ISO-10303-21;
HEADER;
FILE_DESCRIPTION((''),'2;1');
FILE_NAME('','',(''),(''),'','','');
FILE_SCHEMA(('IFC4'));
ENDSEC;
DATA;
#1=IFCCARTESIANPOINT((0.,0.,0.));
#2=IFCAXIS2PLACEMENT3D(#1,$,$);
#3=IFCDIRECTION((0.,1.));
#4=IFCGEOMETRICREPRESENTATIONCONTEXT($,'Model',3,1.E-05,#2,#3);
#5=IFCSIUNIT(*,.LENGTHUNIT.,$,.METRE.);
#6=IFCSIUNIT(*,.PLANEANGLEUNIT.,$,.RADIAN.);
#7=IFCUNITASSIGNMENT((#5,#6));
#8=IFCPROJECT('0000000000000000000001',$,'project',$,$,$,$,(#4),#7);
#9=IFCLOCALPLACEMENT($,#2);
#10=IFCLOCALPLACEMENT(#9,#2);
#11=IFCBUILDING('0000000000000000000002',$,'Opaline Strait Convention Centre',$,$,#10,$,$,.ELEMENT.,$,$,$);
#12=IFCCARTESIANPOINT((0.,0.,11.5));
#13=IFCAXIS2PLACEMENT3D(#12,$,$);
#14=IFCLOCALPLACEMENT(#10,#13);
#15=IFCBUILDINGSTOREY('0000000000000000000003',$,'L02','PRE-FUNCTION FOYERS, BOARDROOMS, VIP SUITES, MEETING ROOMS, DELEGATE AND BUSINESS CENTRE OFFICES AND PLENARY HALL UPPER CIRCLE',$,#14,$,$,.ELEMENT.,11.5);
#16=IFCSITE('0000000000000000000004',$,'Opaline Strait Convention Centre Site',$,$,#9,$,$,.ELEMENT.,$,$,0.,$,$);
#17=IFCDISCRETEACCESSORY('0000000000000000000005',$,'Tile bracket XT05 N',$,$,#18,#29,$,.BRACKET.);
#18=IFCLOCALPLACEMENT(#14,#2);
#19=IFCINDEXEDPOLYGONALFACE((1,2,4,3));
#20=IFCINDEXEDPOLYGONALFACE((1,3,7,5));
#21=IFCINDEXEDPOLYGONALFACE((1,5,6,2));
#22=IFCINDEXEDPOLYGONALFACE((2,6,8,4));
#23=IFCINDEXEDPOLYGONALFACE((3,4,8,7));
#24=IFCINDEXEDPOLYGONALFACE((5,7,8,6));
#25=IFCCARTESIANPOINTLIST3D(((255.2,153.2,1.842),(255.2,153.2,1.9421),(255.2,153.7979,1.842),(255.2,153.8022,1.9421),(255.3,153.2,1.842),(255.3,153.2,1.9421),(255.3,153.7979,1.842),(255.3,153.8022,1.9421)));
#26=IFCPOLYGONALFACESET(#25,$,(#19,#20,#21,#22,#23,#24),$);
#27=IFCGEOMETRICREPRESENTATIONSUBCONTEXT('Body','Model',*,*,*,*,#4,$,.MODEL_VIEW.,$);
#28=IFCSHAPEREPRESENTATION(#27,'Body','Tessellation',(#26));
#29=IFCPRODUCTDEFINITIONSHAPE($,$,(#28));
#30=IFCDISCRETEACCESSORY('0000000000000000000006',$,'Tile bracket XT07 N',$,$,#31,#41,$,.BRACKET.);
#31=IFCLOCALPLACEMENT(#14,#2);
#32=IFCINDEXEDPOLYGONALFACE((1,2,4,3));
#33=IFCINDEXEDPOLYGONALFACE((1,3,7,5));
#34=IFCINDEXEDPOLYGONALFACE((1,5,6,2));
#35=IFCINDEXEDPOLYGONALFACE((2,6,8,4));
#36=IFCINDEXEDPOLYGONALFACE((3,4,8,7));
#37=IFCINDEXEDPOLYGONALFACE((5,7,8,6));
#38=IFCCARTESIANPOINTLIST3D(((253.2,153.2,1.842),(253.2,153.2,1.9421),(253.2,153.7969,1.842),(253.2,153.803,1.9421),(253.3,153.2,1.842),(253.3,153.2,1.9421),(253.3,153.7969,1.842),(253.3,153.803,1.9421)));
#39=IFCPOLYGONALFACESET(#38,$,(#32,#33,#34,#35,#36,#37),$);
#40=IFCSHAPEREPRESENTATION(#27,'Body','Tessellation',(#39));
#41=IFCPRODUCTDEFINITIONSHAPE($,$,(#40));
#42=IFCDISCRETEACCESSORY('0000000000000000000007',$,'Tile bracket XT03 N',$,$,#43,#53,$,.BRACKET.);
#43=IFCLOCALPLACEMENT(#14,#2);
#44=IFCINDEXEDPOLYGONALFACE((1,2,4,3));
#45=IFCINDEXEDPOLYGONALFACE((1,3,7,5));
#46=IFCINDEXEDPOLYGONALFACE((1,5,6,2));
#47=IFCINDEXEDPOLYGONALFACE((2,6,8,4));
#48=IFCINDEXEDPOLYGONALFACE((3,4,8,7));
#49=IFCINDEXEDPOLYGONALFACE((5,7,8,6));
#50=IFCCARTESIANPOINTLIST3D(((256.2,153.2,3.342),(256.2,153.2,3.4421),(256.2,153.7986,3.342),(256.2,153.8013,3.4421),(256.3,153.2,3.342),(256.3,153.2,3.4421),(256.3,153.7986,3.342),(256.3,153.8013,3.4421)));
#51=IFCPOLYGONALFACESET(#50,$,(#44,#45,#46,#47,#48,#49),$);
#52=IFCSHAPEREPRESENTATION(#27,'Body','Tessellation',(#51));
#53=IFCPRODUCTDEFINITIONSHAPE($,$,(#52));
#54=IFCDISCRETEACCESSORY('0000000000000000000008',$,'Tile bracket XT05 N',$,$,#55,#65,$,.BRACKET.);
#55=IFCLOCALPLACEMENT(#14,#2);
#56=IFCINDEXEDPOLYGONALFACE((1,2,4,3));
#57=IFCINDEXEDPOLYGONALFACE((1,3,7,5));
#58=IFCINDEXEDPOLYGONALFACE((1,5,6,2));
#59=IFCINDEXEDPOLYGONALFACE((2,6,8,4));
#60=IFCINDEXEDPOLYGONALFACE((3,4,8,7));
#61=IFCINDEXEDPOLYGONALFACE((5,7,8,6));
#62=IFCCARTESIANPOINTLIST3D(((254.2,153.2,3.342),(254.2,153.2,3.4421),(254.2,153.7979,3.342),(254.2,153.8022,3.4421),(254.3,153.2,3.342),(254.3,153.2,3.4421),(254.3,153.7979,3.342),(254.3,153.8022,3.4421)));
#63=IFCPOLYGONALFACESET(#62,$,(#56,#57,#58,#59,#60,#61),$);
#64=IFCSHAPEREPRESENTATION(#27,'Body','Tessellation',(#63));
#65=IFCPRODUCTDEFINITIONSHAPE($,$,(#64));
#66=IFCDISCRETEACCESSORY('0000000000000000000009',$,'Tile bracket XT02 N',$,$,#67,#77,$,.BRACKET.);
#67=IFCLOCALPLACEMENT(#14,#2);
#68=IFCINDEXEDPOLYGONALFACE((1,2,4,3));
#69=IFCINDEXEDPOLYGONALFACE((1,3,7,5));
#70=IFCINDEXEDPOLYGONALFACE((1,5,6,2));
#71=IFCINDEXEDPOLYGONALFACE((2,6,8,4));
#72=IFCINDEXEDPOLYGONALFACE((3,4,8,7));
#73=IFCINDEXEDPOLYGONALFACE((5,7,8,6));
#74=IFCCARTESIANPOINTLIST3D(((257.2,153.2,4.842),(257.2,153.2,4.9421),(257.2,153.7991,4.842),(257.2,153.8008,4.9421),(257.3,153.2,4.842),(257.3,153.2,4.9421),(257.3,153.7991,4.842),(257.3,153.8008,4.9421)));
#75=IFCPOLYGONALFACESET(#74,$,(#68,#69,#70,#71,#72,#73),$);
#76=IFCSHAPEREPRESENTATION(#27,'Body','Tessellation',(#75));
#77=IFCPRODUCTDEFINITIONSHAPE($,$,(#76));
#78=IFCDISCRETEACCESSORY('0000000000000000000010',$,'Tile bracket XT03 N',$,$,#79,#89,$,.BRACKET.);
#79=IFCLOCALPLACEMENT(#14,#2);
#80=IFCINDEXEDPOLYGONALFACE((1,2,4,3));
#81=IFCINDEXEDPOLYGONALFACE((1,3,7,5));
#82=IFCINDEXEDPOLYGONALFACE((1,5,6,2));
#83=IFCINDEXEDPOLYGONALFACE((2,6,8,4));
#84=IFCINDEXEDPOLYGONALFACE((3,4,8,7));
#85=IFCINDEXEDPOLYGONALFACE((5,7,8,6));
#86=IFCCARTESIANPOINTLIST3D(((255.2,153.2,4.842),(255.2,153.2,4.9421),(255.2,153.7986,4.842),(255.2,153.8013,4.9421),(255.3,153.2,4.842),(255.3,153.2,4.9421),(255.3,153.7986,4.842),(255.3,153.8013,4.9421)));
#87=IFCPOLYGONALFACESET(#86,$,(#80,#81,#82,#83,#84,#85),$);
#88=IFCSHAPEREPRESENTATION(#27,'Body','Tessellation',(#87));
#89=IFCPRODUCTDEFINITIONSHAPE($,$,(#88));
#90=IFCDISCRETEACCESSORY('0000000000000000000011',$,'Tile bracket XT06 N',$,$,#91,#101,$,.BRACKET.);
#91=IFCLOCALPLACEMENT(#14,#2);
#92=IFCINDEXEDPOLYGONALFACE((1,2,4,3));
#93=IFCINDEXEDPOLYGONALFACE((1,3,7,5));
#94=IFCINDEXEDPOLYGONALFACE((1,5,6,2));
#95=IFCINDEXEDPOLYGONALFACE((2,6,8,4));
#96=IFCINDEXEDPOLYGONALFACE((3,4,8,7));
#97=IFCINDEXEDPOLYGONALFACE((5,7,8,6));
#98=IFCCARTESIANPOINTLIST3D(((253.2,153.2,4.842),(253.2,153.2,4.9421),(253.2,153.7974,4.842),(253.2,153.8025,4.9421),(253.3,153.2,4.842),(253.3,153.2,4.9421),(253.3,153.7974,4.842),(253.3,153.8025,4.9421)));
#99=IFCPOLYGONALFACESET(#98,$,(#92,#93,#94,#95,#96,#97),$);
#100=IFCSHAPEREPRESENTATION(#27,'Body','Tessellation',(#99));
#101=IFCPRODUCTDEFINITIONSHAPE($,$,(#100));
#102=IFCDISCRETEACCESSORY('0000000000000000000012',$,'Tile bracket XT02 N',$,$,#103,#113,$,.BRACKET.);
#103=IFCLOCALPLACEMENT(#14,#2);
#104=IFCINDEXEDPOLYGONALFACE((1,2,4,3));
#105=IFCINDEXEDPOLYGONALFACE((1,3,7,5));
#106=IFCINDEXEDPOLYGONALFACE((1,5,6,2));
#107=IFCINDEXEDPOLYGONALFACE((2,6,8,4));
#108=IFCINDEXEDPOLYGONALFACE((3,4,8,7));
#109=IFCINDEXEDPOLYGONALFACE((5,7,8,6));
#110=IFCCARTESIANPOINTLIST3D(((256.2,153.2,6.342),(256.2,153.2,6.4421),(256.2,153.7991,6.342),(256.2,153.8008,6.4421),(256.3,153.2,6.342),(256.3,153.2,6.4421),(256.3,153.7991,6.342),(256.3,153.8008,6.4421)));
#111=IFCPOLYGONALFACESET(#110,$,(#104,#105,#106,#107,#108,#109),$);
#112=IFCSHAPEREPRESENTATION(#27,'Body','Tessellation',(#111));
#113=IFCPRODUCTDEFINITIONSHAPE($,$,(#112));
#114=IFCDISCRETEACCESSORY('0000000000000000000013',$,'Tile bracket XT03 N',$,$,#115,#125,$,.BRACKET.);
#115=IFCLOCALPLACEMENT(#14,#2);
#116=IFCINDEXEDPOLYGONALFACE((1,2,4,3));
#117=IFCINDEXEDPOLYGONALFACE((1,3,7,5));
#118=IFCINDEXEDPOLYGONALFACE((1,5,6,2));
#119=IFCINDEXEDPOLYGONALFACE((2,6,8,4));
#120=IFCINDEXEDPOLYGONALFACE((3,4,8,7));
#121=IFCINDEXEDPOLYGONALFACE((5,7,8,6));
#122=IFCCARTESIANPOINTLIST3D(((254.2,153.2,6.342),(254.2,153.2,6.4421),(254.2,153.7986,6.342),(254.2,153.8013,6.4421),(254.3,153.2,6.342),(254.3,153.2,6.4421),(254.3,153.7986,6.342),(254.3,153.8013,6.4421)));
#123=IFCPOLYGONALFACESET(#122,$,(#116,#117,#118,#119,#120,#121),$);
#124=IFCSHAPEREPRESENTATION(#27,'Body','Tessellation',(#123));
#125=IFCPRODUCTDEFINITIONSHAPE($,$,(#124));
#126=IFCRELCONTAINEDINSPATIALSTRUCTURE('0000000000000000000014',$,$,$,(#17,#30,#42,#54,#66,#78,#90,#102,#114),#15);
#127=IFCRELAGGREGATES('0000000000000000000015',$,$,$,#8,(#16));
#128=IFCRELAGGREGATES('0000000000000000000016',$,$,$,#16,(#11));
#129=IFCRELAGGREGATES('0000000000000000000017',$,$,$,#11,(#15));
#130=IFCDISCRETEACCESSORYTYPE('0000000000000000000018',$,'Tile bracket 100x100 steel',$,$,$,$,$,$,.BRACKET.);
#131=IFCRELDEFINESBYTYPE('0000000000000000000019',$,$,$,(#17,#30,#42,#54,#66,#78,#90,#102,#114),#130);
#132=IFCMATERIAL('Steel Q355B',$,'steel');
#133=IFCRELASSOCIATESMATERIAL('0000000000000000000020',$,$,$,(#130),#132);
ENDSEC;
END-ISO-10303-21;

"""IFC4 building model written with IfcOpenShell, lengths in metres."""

from ifc_helpers import new_model, si_unit, direction, frame, origin, place, context, subcontext, project, spatial, polyline, outline, extrude, material, type_object, element, save


model = new_model("IFC4")

# Units and contexts
model_context = context("Model", 3, precision=1e-05, world=origin(), true_north=direction((0.0, 1.0)))
body_context = subcontext(model_context, "Body", "Model", "MODEL_VIEW")
ifc_project = project(units=[si_unit("LENGTHUNIT", "METRE"), si_unit("PLANEANGLEUNIT", "RADIAN")], contexts=[model_context])

# Site, building, storey
site_placement = place(None, origin())
site = spatial("IfcSite", under=ifc_project, at=site_placement, Name="Opaline Strait Convention Centre Site", CompositionType="ELEMENT", RefElevation=0.0)
building_placement = place(site_placement, origin())
building = spatial("IfcBuilding", under=site, at=building_placement, Name="Opaline Strait Convention Centre", CompositionType="ELEMENT")
storey_placement = place(building_placement, frame((0.0, 0.0, 11.5)))
storey = spatial("IfcBuildingStorey", under=building, at=storey_placement, Name="L02", Description="PRE-FUNCTION FOYERS, BOARDROOMS, VIP SUITES, MEETING ROOMS, DELEGATE AND BUSINESS CENTRE OFFICES AND PLENARY HALL UPPER CIRCLE", CompositionType="ELEMENT", Elevation=11.5)

# Discrete accessories
ifc_material_1 = material(Name="Steel Q355B", Category="steel")
discrete_accessory_type = type_object("IfcDiscreteAccessoryType", Name="Tile bracket 100x100 steel", PredefinedType="BRACKET", material=ifc_material_1)
discrete_accessory_1_placement = place(storey_placement, frame((255.3, 153.2, 1.8921), z_axis=(-1.0, 0.0, 0.0), x_axis=(0.0, -1.0, 0.0)))
element("IfcDiscreteAccessory", 1, at=discrete_accessory_1_placement, inside=storey, type_object=discrete_accessory_type, Name="Tile bracket XT05 N", PredefinedType="BRACKET", context=body_context, shape_type="SweptSolid", body=[
    extrude(outline(polyline([(0.0, -0.05), (0.0, 0.05), (-0.6023, 0.05), (-0.5979, -0.05), (0.0, -0.05)])), origin(), (0.0, 0.0, 1.0), 0.1001),
])
discrete_accessory_2_placement = place(storey_placement, frame((253.3, 153.2, 1.8921), z_axis=(-1.0, 0.0, 0.0), x_axis=(0.0, -1.0, 0.0)))
element("IfcDiscreteAccessory", 2, at=discrete_accessory_2_placement, inside=storey, type_object=discrete_accessory_type, Name="Tile bracket XT07 N", PredefinedType="BRACKET", context=body_context, shape_type="SweptSolid", body=[
    extrude(outline(polyline([(0.0, -0.05), (0.0, 0.05), (-0.603, 0.05), (-0.5969, -0.05), (0.0, -0.05)])), origin(), (0.0, 0.0, 1.0), 0.1001),
])
discrete_accessory_3_placement = place(storey_placement, frame((256.3, 153.2, 3.3921), z_axis=(-1.0, 0.0, 0.0), x_axis=(0.0, -1.0, 0.0)))
element("IfcDiscreteAccessory", 3, at=discrete_accessory_3_placement, inside=storey, type_object=discrete_accessory_type, Name="Tile bracket XT03 N", PredefinedType="BRACKET", context=body_context, shape_type="SweptSolid", body=[
    extrude(outline(polyline([(0.0, -0.05), (0.0, 0.05), (-0.6013, 0.05), (-0.5986, -0.05), (0.0, -0.05)])), origin(), (0.0, 0.0, 1.0), 0.1001),
])
discrete_accessory_4_placement = place(storey_placement, frame((254.3, 153.2, 3.3921), z_axis=(-1.0, 0.0, 0.0), x_axis=(0.0, -1.0, 0.0)))
element("IfcDiscreteAccessory", 4, at=discrete_accessory_4_placement, inside=storey, type_object=discrete_accessory_type, Name="Tile bracket XT05 N", PredefinedType="BRACKET", context=body_context, shape_type="SweptSolid", body=[
    extrude(outline(polyline([(0.0, -0.05), (0.0, 0.05), (-0.6023, 0.05), (-0.5979, -0.05), (0.0, -0.05)])), origin(), (0.0, 0.0, 1.0), 0.1001),
])
discrete_accessory_5_placement = place(storey_placement, frame((257.3, 153.2, 4.8921), z_axis=(-1.0, 0.0, 0.0), x_axis=(0.0, -1.0, 0.0)))
element("IfcDiscreteAccessory", 5, at=discrete_accessory_5_placement, inside=storey, type_object=discrete_accessory_type, Name="Tile bracket XT02 N", PredefinedType="BRACKET", context=body_context, shape_type="SweptSolid", body=[
    extrude(outline(polyline([(0.0, -0.05), (0.0, 0.05), (-0.6008, 0.05), (-0.5991, -0.05), (0.0, -0.05)])), origin(), (0.0, 0.0, 1.0), 0.1001),
])
discrete_accessory_6_placement = place(storey_placement, frame((255.3, 153.2, 4.8921), z_axis=(-1.0, 0.0, 0.0), x_axis=(0.0, -1.0, 0.0)))
element("IfcDiscreteAccessory", 6, at=discrete_accessory_6_placement, inside=storey, type_object=discrete_accessory_type, Name="Tile bracket XT03 N", PredefinedType="BRACKET", context=body_context, shape_type="SweptSolid", body=[
    extrude(outline(polyline([(0.0, -0.05), (0.0, 0.05), (-0.6013, 0.05), (-0.5986, -0.05), (0.0, -0.05)])), origin(), (0.0, 0.0, 1.0), 0.1001),
])
discrete_accessory_7_placement = place(storey_placement, frame((253.3, 153.2, 4.8921), z_axis=(-1.0, 0.0, 0.0), x_axis=(0.0, -1.0, 0.0)))
element("IfcDiscreteAccessory", 7, at=discrete_accessory_7_placement, inside=storey, type_object=discrete_accessory_type, Name="Tile bracket XT06 N", PredefinedType="BRACKET", context=body_context, shape_type="SweptSolid", body=[
    extrude(outline(polyline([(0.0, -0.05), (0.0, 0.05), (-0.6025, 0.05), (-0.5974, -0.05), (0.0, -0.05)])), origin(), (0.0, 0.0, 1.0), 0.1001),
])
discrete_accessory_8_placement = place(storey_placement, frame((256.3, 153.2, 6.3921), z_axis=(-1.0, 0.0, 0.0), x_axis=(0.0, -1.0, 0.0)))
element("IfcDiscreteAccessory", 8, at=discrete_accessory_8_placement, inside=storey, type_object=discrete_accessory_type, Name="Tile bracket XT02 N", PredefinedType="BRACKET", context=body_context, shape_type="SweptSolid", body=[
    extrude(outline(polyline([(0.0, -0.05), (0.0, 0.05), (-0.6008, 0.05), (-0.5991, -0.05), (0.0, -0.05)])), origin(), (0.0, 0.0, 1.0), 0.1001),
])
discrete_accessory_9_placement = place(storey_placement, frame((254.3, 153.2, 6.3921), z_axis=(-1.0, 0.0, 0.0), x_axis=(0.0, -1.0, 0.0)))
element("IfcDiscreteAccessory", 9, at=discrete_accessory_9_placement, inside=storey, type_object=discrete_accessory_type, Name="Tile bracket XT03 N", PredefinedType="BRACKET", context=body_context, shape_type="SweptSolid", body=[
    extrude(outline(polyline([(0.0, -0.05), (0.0, 0.05), (-0.6013, 0.05), (-0.5986, -0.05), (0.0, -0.05)])), origin(), (0.0, 0.0, 1.0), 0.1001),
])

save(model, "model.ifc")
